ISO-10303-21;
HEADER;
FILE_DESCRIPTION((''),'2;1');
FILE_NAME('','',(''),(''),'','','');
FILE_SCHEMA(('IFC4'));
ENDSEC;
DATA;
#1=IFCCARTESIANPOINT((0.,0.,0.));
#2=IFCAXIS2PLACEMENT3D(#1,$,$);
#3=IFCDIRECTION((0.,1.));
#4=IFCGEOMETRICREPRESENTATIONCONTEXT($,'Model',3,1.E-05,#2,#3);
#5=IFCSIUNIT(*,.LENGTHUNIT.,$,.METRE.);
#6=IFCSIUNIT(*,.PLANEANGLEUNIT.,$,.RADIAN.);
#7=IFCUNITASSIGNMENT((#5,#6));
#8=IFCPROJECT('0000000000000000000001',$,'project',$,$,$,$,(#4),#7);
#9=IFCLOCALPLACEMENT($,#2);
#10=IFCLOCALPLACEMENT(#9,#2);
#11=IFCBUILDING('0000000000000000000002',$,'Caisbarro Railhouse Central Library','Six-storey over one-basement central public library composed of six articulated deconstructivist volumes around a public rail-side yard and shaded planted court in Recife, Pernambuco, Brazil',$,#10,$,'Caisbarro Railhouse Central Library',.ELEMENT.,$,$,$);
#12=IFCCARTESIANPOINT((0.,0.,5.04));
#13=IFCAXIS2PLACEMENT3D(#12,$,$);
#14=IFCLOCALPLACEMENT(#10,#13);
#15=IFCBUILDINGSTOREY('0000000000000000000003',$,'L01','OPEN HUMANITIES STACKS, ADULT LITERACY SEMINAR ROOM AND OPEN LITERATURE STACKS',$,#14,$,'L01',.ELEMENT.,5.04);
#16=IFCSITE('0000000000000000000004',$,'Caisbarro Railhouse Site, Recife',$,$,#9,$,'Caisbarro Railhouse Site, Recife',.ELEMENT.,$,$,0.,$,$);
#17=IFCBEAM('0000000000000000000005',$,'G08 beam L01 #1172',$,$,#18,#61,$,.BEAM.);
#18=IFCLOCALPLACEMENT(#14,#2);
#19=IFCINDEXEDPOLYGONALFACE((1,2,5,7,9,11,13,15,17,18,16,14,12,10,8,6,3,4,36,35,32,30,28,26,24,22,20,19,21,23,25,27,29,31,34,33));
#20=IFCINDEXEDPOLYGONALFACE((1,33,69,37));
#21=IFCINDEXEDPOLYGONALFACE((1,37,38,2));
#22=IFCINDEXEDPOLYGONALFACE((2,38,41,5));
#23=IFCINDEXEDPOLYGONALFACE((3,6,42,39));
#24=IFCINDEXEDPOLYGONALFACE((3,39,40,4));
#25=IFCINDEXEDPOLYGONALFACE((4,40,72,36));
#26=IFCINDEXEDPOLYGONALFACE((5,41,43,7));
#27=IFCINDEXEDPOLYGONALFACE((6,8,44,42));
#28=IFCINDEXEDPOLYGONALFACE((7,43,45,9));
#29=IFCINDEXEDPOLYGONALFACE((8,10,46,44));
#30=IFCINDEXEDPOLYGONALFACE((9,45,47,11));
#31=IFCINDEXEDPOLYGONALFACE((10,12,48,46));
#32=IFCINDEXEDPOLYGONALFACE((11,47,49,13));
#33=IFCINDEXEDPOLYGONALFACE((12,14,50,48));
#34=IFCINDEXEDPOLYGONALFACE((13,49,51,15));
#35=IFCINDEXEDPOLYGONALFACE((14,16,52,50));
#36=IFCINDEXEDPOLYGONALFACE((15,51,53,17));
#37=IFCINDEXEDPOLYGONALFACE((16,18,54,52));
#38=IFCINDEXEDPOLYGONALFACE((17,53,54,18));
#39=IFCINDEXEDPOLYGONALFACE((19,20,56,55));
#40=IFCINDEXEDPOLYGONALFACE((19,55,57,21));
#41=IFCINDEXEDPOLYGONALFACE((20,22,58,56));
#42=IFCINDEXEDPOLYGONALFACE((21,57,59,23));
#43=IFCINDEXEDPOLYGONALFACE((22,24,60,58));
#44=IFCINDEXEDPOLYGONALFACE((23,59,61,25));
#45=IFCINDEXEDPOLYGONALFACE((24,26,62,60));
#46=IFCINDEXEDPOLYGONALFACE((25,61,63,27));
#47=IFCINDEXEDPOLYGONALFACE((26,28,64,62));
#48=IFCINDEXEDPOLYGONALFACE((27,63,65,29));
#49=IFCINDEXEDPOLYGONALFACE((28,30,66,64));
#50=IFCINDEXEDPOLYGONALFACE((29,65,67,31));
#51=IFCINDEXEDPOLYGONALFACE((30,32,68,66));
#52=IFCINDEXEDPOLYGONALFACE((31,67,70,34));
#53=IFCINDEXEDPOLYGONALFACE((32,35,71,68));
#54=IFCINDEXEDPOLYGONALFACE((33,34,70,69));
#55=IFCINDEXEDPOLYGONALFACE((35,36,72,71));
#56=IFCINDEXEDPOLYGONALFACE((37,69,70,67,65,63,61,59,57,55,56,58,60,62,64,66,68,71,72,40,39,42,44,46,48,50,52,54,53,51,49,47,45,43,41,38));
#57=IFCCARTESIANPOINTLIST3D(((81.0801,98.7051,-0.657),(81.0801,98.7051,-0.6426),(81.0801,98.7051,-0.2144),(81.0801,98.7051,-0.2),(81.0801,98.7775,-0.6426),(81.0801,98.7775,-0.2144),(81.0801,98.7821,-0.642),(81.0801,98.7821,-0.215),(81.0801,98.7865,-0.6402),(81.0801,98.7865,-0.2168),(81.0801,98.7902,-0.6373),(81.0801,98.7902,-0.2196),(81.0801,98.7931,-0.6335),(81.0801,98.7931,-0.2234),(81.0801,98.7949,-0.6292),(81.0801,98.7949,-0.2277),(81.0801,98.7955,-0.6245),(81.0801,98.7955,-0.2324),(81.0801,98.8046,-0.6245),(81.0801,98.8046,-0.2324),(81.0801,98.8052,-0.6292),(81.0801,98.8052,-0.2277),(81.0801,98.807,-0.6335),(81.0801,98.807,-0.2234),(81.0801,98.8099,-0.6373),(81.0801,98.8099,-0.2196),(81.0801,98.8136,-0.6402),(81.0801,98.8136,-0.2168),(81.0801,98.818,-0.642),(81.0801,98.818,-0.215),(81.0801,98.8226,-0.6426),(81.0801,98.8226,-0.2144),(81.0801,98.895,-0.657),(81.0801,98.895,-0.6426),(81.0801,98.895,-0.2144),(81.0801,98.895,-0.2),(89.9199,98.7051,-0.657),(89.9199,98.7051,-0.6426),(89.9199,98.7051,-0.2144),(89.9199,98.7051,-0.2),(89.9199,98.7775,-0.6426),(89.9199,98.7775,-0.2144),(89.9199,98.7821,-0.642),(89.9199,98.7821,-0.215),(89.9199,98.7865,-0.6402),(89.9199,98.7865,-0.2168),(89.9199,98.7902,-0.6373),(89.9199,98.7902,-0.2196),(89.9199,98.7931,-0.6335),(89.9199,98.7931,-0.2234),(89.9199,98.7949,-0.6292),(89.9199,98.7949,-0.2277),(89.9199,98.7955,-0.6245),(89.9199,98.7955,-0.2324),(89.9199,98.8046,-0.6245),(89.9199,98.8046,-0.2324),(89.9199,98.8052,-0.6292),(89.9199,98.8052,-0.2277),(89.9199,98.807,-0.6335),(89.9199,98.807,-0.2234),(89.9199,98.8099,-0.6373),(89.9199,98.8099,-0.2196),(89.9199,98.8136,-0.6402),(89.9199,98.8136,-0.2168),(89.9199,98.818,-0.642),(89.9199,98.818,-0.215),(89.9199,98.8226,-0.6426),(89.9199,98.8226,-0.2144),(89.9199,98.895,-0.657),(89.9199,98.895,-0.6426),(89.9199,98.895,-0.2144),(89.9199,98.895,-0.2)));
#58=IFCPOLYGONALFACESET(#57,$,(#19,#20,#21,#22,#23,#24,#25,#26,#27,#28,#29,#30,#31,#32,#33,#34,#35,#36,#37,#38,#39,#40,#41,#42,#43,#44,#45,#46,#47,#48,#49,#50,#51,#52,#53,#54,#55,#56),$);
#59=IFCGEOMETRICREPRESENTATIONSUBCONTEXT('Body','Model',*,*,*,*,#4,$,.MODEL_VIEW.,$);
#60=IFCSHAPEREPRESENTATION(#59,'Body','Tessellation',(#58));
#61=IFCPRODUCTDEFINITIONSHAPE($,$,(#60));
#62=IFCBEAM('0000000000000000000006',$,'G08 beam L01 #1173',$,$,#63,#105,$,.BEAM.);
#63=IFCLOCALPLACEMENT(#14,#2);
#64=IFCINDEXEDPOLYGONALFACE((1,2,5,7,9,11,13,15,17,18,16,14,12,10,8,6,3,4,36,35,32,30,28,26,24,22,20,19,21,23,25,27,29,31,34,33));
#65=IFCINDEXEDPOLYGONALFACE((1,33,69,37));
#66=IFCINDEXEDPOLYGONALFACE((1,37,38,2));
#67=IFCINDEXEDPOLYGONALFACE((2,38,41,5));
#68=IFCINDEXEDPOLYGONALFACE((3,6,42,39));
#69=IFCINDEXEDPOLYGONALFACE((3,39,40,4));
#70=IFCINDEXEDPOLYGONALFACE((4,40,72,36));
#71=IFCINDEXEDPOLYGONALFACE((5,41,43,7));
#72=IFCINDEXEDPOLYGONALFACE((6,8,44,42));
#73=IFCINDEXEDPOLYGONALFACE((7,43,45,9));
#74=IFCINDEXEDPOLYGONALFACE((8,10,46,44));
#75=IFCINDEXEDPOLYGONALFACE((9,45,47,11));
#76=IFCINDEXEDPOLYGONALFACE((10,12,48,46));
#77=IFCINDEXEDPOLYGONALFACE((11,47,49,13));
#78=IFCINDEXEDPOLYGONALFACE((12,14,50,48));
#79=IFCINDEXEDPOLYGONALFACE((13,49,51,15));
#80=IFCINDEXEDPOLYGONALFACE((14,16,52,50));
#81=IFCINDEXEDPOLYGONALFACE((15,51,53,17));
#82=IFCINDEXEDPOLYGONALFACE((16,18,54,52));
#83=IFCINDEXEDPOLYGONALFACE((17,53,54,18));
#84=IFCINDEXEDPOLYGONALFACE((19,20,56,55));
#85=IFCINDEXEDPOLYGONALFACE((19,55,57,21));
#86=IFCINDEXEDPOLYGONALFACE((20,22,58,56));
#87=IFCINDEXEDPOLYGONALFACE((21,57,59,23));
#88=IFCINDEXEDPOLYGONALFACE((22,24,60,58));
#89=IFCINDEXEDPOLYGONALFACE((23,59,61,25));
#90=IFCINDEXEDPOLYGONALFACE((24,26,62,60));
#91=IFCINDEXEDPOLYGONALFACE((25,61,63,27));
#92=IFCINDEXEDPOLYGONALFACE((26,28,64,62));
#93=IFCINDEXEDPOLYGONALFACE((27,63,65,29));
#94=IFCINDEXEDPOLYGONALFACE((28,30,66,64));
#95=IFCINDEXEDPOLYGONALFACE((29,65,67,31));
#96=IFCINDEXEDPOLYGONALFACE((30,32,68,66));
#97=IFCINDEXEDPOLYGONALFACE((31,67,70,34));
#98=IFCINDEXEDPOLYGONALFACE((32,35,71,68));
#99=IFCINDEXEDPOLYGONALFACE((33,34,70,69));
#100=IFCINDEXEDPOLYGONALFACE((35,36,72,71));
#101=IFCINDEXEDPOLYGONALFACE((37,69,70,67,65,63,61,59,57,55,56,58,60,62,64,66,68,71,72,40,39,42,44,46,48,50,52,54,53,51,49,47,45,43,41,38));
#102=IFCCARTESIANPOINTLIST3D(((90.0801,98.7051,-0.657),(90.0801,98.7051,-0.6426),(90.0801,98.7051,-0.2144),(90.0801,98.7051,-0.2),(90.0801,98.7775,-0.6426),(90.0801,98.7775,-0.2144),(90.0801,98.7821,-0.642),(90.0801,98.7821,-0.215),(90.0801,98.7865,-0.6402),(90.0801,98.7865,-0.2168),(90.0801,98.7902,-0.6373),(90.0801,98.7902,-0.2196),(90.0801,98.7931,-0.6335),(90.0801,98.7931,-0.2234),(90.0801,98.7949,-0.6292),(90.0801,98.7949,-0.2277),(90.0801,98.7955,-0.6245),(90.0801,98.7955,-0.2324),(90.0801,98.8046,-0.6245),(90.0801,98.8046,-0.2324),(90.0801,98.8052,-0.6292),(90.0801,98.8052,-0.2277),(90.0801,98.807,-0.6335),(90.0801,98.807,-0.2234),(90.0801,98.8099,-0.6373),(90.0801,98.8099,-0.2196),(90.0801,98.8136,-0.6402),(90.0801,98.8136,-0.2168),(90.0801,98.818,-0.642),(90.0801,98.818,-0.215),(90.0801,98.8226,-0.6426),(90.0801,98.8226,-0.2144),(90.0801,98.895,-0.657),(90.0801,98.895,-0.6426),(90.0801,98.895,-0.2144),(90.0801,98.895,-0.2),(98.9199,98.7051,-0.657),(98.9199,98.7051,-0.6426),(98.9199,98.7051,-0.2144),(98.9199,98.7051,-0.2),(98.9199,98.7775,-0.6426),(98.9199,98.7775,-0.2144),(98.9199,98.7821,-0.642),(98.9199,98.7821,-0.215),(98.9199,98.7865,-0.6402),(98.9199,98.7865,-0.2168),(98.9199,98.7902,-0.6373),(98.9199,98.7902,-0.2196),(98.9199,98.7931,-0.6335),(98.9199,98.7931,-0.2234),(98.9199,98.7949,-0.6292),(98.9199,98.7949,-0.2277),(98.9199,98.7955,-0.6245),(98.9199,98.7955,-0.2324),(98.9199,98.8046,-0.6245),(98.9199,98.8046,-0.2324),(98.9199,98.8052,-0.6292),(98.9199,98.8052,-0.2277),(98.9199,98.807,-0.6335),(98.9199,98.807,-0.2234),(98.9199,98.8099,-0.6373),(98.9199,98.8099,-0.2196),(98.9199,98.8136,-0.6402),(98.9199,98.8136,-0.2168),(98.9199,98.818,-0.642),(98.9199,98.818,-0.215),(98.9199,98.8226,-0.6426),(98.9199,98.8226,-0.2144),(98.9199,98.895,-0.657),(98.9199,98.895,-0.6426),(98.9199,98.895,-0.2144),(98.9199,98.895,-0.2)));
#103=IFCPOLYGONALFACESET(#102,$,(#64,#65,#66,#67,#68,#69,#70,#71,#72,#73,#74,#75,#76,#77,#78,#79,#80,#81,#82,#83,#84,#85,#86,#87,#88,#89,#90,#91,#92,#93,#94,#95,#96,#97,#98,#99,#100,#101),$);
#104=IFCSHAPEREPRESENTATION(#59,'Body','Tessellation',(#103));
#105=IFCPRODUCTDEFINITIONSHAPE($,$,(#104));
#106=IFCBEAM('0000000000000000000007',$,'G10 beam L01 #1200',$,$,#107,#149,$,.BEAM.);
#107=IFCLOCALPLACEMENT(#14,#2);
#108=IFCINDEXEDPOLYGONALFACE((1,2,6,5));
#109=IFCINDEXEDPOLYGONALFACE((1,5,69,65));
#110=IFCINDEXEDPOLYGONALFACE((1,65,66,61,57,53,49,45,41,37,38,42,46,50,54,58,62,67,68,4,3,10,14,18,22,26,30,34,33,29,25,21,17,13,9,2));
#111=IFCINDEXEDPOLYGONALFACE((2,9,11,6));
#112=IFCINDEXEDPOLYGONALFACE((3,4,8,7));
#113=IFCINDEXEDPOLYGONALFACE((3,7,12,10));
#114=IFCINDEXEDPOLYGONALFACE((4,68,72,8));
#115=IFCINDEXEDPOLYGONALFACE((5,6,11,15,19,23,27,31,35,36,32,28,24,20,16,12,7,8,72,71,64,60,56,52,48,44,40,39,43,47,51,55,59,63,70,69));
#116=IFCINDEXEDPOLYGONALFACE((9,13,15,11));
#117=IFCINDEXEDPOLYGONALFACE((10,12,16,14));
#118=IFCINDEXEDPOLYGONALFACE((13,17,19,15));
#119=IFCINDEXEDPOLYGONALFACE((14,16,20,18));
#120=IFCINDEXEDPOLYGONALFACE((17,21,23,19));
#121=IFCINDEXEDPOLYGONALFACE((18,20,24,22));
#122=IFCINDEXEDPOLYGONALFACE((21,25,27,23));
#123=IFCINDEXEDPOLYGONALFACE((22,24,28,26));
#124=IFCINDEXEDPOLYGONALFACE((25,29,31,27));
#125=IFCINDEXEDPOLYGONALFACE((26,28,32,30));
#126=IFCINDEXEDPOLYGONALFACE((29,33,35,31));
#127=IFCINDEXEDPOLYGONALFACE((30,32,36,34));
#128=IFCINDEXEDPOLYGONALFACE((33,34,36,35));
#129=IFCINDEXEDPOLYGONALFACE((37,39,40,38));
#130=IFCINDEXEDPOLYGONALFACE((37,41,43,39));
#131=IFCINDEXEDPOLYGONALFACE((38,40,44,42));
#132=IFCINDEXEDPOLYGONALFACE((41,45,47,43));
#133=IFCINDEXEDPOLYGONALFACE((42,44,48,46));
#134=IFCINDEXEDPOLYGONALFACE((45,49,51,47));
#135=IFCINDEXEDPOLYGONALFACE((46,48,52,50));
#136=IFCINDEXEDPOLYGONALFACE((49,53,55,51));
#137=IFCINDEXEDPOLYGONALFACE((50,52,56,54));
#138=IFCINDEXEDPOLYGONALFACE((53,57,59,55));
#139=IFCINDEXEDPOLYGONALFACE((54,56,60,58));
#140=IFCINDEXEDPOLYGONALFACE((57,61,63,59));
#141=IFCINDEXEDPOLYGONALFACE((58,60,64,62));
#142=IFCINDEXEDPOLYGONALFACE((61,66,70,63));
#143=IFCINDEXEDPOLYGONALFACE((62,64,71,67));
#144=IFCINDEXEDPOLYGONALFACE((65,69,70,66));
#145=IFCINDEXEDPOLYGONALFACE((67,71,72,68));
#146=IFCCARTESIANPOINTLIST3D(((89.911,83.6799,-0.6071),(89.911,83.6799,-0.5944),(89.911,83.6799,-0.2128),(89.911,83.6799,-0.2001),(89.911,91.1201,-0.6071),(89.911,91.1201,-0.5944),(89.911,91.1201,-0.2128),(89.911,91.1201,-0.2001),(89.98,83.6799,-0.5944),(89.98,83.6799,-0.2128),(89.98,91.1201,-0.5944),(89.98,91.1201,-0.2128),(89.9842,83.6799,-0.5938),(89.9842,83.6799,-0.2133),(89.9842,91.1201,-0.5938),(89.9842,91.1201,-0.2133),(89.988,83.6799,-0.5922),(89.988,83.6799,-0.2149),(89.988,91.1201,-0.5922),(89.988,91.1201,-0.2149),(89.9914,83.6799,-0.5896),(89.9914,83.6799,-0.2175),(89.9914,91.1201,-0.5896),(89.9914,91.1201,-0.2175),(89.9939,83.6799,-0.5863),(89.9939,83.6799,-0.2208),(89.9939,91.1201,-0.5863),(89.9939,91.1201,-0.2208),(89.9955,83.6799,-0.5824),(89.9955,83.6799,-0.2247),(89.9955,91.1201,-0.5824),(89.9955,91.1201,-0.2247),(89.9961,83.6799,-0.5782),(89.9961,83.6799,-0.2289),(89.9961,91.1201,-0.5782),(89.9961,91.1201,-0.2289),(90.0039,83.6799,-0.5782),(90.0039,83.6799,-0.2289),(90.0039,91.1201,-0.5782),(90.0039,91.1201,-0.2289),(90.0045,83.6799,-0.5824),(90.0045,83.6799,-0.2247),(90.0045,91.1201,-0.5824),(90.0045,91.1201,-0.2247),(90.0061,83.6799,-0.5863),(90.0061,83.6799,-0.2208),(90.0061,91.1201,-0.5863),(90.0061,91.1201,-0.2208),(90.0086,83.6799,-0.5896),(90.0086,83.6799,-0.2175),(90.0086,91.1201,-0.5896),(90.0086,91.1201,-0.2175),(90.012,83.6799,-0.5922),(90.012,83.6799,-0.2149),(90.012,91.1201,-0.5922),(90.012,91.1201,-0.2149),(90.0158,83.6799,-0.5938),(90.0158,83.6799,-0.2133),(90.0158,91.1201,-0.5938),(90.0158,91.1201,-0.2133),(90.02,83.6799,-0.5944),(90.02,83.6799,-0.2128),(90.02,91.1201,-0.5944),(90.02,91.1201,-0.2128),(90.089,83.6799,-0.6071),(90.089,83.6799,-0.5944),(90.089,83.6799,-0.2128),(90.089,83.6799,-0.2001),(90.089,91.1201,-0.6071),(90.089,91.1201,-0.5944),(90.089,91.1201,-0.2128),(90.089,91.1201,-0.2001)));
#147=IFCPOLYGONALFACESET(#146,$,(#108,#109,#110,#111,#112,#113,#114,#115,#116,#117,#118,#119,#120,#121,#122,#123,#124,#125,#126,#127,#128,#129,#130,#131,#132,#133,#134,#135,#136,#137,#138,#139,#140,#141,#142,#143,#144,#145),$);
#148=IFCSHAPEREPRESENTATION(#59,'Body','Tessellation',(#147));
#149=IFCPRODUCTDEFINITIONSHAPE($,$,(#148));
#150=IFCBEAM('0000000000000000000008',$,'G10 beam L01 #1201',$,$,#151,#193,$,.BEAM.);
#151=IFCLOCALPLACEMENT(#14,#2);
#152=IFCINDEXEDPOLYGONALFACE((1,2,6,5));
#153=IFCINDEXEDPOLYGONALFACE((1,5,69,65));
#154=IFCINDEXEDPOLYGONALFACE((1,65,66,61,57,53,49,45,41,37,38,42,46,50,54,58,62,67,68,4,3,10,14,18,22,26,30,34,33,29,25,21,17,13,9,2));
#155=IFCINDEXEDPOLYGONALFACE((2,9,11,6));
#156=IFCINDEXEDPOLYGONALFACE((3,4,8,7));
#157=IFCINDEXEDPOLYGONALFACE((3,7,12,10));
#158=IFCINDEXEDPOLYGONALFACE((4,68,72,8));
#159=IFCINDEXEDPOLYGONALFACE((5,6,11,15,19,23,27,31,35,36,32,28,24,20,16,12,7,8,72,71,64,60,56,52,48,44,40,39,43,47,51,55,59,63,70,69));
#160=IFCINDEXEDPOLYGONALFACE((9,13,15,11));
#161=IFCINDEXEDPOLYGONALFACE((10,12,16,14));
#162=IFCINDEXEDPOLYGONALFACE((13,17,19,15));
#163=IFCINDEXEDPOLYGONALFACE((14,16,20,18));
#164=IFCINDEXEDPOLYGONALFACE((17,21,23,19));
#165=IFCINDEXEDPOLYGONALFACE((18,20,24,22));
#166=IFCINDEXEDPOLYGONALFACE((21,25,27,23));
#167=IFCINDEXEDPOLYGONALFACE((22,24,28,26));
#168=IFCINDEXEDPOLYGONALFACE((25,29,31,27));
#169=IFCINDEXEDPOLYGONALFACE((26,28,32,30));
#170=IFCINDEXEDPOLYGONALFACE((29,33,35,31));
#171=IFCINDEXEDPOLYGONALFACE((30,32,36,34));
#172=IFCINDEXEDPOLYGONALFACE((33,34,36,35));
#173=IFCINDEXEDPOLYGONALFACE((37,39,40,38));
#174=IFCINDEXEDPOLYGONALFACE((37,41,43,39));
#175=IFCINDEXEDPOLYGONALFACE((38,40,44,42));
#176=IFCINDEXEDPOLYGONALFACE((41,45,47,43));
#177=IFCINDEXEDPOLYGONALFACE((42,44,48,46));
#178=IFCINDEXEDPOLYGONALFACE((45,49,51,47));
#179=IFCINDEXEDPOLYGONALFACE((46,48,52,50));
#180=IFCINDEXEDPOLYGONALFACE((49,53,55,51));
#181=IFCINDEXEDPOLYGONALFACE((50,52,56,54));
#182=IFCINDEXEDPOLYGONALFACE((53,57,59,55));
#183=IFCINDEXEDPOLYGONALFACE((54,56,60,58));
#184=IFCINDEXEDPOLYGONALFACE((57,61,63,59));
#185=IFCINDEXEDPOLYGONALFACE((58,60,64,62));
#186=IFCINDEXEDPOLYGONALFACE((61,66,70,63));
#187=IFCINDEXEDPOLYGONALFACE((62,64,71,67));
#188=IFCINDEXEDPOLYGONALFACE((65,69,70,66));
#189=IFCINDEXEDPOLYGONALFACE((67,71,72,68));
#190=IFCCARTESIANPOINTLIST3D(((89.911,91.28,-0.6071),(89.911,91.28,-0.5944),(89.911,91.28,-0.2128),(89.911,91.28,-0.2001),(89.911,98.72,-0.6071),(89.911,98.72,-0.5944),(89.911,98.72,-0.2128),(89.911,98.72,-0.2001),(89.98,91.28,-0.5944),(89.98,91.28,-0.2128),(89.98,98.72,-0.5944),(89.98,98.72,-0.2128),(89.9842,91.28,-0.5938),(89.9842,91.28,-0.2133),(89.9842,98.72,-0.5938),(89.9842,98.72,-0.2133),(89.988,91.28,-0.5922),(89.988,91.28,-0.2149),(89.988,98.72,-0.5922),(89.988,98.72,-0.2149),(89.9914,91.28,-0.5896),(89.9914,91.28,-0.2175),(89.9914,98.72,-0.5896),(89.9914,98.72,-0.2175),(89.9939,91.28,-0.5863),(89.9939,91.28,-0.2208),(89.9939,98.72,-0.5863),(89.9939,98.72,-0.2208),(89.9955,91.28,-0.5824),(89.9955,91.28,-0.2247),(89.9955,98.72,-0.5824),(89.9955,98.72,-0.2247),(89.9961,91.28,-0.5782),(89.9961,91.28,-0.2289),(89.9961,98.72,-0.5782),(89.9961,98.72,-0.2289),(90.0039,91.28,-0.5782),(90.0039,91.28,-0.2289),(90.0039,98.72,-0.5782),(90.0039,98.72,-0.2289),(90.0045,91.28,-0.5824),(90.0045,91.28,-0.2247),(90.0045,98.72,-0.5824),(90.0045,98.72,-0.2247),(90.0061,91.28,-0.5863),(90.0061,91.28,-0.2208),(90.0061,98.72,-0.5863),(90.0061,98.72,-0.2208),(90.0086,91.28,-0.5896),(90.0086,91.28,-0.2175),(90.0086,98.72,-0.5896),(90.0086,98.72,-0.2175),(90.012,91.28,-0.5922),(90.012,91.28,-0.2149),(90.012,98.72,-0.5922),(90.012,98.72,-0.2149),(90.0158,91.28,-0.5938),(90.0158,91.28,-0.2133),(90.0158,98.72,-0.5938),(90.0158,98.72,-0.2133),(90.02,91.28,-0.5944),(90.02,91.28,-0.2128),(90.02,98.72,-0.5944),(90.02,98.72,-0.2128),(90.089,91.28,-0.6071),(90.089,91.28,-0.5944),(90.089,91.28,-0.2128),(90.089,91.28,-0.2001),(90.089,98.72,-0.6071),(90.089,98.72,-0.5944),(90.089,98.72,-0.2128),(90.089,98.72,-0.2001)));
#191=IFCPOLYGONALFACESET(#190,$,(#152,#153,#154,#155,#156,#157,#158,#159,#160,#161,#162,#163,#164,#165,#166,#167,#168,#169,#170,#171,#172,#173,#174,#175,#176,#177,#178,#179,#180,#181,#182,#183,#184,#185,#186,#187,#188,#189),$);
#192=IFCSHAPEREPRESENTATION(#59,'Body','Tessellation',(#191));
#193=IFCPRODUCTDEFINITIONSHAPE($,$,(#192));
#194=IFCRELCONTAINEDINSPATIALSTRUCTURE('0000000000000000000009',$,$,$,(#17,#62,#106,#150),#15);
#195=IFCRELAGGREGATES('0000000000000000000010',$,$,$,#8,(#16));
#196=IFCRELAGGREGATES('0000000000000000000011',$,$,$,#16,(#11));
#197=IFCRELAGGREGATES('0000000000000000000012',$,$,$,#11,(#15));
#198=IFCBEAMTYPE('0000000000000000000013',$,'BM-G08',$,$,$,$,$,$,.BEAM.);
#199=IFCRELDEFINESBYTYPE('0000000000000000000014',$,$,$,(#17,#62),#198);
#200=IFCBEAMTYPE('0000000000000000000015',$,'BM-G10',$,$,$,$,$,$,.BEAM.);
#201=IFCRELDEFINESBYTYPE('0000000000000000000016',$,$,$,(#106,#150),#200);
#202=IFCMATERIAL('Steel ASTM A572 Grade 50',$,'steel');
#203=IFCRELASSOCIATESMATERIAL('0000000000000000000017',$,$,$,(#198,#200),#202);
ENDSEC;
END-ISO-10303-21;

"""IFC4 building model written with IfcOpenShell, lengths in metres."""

from ifc_helpers import new_model, si_unit, direction, frame, origin, origin_2d, place, context, subcontext, project, spatial, i_section, extrude, material, material_profile, profile_set, type_object, element, save


model = new_model("IFC4")

# Units and contexts
model_context = context("Model", 3, precision=1e-05, world=origin(), true_north=direction((0.0, 1.0)))
body_context = subcontext(model_context, "Body", "Model", "MODEL_VIEW")
ifc_project = project(units=[si_unit("LENGTHUNIT", "METRE"), si_unit("PLANEANGLEUNIT", "RADIAN")], contexts=[model_context])

# Site, building, storey
site_placement = place(None, origin())
site = spatial("IfcSite", under=ifc_project, at=site_placement, Name="Caisbarro Railhouse Site, Recife", LongName="Caisbarro Railhouse Site, Recife", CompositionType="ELEMENT", RefElevation=0.0)
building_placement = place(site_placement, origin())
building = spatial("IfcBuilding", under=site, at=building_placement, Name="Caisbarro Railhouse Central Library", Description="Six-storey over one-basement central public library composed of six articulated deconstructivist volumes around a public rail-side yard and shaded planted court in Recife, Pernambuco, Brazil", LongName="Caisbarro Railhouse Central Library", CompositionType="ELEMENT")
storey_placement = place(building_placement, frame((0.0, 0.0, 5.04)))
storey = spatial("IfcBuildingStorey", under=building, at=storey_placement, Name="L01", Description="OPEN HUMANITIES STACKS, ADULT LITERACY SEMINAR ROOM AND OPEN LITERATURE STACKS", LongName="L01", CompositionType="ELEMENT", Elevation=5.04)

# Shared definitions
ifc_material_1 = material(Name="Steel ASTM A572 Grade 50", Category="steel")

# Beams
ifc_material_profile_1 = material_profile(ifc_material_1, i_section(OverallWidth=0.1899, OverallDepth=0.457, WebThickness=0.009, FlangeThickness=0.0144, FilletRadius=0.0181, at=origin_2d()), Name="W460X74.0")
ifc_profile_set_1 = profile_set([ifc_material_profile_1], Name="Steel ASTM A572 Grade 50")
beam_type_1 = type_object("IfcBeamType", Name="BM-G08", PredefinedType="BEAM", material=ifc_profile_set_1)
for number, where, z_axis, x_axis, name in (
    (1, (81.0801, 98.8, -0.4285), (1.0, 0.0, 0.0), (0.0, 1.0, 0.0), "G08 beam L01 #1172"),
    (2, (90.0801, 98.8, -0.4285), (1.0, 0.0, 0.0), (0.0, 1.0, 0.0), "G08 beam L01 #1173"),
):
    element("IfcBeam", number, at=place(storey_placement, frame(where, z_axis=z_axis, x_axis=x_axis)), inside=storey, type_object=beam_type_1, Name=name, PredefinedType="BEAM", context=body_context, shape_type="SweptSolid", body=[
        extrude(i_section(OverallWidth=0.1899, OverallDepth=0.457, WebThickness=0.009, FlangeThickness=0.0144, FilletRadius=0.0181, at=origin_2d()), origin(), (0.0, 0.0, 1.0), 8.8398),
    ])
ifc_material_profile_2 = material_profile(ifc_material_1, i_section(OverallWidth=0.178, OverallDepth=0.407, WebThickness=0.0078, FlangeThickness=0.0127, FilletRadius=0.0161, at=origin_2d()), Name="W410X60.0")
ifc_profile_set_2 = profile_set([ifc_material_profile_2], Name="Steel ASTM A572 Grade 50")
beam_type_2 = type_object("IfcBeamType", Name="BM-G10", PredefinedType="BEAM", material=ifc_profile_set_2)
beam_1_placement = place(storey_placement, frame((90.0, 83.6799, -0.4036), z_axis=(0.0, 1.0, 0.0), x_axis=(-1.0, 0.0, 0.0)))
element("IfcBeam", 3, at=beam_1_placement, inside=storey, type_object=beam_type_2, Name="G10 beam L01 #1200", PredefinedType="BEAM", context=body_context, shape_type="SweptSolid", body=[
    extrude(i_section(OverallWidth=0.178, OverallDepth=0.407, WebThickness=0.0078, FlangeThickness=0.0127, FilletRadius=0.0161, at=origin_2d()), origin(), (0.0, 0.0, 1.0), 7.4402),
])
beam_2_placement = place(storey_placement, frame((90.0, 91.28, -0.4036), z_axis=(0.0, 1.0, 0.0), x_axis=(-1.0, 0.0, 0.0)))
element("IfcBeam", 4, at=beam_2_placement, inside=storey, type_object=beam_type_2, Name="G10 beam L01 #1201", PredefinedType="BEAM", context=body_context, shape_type="SweptSolid", body=[
    extrude(i_section(OverallWidth=0.178, OverallDepth=0.407, WebThickness=0.0078, FlangeThickness=0.0127, FilletRadius=0.0161, at=origin_2d()), origin(), (0.0, 0.0, 1.0), 7.4399),
])

save(model, "model.ifc")
